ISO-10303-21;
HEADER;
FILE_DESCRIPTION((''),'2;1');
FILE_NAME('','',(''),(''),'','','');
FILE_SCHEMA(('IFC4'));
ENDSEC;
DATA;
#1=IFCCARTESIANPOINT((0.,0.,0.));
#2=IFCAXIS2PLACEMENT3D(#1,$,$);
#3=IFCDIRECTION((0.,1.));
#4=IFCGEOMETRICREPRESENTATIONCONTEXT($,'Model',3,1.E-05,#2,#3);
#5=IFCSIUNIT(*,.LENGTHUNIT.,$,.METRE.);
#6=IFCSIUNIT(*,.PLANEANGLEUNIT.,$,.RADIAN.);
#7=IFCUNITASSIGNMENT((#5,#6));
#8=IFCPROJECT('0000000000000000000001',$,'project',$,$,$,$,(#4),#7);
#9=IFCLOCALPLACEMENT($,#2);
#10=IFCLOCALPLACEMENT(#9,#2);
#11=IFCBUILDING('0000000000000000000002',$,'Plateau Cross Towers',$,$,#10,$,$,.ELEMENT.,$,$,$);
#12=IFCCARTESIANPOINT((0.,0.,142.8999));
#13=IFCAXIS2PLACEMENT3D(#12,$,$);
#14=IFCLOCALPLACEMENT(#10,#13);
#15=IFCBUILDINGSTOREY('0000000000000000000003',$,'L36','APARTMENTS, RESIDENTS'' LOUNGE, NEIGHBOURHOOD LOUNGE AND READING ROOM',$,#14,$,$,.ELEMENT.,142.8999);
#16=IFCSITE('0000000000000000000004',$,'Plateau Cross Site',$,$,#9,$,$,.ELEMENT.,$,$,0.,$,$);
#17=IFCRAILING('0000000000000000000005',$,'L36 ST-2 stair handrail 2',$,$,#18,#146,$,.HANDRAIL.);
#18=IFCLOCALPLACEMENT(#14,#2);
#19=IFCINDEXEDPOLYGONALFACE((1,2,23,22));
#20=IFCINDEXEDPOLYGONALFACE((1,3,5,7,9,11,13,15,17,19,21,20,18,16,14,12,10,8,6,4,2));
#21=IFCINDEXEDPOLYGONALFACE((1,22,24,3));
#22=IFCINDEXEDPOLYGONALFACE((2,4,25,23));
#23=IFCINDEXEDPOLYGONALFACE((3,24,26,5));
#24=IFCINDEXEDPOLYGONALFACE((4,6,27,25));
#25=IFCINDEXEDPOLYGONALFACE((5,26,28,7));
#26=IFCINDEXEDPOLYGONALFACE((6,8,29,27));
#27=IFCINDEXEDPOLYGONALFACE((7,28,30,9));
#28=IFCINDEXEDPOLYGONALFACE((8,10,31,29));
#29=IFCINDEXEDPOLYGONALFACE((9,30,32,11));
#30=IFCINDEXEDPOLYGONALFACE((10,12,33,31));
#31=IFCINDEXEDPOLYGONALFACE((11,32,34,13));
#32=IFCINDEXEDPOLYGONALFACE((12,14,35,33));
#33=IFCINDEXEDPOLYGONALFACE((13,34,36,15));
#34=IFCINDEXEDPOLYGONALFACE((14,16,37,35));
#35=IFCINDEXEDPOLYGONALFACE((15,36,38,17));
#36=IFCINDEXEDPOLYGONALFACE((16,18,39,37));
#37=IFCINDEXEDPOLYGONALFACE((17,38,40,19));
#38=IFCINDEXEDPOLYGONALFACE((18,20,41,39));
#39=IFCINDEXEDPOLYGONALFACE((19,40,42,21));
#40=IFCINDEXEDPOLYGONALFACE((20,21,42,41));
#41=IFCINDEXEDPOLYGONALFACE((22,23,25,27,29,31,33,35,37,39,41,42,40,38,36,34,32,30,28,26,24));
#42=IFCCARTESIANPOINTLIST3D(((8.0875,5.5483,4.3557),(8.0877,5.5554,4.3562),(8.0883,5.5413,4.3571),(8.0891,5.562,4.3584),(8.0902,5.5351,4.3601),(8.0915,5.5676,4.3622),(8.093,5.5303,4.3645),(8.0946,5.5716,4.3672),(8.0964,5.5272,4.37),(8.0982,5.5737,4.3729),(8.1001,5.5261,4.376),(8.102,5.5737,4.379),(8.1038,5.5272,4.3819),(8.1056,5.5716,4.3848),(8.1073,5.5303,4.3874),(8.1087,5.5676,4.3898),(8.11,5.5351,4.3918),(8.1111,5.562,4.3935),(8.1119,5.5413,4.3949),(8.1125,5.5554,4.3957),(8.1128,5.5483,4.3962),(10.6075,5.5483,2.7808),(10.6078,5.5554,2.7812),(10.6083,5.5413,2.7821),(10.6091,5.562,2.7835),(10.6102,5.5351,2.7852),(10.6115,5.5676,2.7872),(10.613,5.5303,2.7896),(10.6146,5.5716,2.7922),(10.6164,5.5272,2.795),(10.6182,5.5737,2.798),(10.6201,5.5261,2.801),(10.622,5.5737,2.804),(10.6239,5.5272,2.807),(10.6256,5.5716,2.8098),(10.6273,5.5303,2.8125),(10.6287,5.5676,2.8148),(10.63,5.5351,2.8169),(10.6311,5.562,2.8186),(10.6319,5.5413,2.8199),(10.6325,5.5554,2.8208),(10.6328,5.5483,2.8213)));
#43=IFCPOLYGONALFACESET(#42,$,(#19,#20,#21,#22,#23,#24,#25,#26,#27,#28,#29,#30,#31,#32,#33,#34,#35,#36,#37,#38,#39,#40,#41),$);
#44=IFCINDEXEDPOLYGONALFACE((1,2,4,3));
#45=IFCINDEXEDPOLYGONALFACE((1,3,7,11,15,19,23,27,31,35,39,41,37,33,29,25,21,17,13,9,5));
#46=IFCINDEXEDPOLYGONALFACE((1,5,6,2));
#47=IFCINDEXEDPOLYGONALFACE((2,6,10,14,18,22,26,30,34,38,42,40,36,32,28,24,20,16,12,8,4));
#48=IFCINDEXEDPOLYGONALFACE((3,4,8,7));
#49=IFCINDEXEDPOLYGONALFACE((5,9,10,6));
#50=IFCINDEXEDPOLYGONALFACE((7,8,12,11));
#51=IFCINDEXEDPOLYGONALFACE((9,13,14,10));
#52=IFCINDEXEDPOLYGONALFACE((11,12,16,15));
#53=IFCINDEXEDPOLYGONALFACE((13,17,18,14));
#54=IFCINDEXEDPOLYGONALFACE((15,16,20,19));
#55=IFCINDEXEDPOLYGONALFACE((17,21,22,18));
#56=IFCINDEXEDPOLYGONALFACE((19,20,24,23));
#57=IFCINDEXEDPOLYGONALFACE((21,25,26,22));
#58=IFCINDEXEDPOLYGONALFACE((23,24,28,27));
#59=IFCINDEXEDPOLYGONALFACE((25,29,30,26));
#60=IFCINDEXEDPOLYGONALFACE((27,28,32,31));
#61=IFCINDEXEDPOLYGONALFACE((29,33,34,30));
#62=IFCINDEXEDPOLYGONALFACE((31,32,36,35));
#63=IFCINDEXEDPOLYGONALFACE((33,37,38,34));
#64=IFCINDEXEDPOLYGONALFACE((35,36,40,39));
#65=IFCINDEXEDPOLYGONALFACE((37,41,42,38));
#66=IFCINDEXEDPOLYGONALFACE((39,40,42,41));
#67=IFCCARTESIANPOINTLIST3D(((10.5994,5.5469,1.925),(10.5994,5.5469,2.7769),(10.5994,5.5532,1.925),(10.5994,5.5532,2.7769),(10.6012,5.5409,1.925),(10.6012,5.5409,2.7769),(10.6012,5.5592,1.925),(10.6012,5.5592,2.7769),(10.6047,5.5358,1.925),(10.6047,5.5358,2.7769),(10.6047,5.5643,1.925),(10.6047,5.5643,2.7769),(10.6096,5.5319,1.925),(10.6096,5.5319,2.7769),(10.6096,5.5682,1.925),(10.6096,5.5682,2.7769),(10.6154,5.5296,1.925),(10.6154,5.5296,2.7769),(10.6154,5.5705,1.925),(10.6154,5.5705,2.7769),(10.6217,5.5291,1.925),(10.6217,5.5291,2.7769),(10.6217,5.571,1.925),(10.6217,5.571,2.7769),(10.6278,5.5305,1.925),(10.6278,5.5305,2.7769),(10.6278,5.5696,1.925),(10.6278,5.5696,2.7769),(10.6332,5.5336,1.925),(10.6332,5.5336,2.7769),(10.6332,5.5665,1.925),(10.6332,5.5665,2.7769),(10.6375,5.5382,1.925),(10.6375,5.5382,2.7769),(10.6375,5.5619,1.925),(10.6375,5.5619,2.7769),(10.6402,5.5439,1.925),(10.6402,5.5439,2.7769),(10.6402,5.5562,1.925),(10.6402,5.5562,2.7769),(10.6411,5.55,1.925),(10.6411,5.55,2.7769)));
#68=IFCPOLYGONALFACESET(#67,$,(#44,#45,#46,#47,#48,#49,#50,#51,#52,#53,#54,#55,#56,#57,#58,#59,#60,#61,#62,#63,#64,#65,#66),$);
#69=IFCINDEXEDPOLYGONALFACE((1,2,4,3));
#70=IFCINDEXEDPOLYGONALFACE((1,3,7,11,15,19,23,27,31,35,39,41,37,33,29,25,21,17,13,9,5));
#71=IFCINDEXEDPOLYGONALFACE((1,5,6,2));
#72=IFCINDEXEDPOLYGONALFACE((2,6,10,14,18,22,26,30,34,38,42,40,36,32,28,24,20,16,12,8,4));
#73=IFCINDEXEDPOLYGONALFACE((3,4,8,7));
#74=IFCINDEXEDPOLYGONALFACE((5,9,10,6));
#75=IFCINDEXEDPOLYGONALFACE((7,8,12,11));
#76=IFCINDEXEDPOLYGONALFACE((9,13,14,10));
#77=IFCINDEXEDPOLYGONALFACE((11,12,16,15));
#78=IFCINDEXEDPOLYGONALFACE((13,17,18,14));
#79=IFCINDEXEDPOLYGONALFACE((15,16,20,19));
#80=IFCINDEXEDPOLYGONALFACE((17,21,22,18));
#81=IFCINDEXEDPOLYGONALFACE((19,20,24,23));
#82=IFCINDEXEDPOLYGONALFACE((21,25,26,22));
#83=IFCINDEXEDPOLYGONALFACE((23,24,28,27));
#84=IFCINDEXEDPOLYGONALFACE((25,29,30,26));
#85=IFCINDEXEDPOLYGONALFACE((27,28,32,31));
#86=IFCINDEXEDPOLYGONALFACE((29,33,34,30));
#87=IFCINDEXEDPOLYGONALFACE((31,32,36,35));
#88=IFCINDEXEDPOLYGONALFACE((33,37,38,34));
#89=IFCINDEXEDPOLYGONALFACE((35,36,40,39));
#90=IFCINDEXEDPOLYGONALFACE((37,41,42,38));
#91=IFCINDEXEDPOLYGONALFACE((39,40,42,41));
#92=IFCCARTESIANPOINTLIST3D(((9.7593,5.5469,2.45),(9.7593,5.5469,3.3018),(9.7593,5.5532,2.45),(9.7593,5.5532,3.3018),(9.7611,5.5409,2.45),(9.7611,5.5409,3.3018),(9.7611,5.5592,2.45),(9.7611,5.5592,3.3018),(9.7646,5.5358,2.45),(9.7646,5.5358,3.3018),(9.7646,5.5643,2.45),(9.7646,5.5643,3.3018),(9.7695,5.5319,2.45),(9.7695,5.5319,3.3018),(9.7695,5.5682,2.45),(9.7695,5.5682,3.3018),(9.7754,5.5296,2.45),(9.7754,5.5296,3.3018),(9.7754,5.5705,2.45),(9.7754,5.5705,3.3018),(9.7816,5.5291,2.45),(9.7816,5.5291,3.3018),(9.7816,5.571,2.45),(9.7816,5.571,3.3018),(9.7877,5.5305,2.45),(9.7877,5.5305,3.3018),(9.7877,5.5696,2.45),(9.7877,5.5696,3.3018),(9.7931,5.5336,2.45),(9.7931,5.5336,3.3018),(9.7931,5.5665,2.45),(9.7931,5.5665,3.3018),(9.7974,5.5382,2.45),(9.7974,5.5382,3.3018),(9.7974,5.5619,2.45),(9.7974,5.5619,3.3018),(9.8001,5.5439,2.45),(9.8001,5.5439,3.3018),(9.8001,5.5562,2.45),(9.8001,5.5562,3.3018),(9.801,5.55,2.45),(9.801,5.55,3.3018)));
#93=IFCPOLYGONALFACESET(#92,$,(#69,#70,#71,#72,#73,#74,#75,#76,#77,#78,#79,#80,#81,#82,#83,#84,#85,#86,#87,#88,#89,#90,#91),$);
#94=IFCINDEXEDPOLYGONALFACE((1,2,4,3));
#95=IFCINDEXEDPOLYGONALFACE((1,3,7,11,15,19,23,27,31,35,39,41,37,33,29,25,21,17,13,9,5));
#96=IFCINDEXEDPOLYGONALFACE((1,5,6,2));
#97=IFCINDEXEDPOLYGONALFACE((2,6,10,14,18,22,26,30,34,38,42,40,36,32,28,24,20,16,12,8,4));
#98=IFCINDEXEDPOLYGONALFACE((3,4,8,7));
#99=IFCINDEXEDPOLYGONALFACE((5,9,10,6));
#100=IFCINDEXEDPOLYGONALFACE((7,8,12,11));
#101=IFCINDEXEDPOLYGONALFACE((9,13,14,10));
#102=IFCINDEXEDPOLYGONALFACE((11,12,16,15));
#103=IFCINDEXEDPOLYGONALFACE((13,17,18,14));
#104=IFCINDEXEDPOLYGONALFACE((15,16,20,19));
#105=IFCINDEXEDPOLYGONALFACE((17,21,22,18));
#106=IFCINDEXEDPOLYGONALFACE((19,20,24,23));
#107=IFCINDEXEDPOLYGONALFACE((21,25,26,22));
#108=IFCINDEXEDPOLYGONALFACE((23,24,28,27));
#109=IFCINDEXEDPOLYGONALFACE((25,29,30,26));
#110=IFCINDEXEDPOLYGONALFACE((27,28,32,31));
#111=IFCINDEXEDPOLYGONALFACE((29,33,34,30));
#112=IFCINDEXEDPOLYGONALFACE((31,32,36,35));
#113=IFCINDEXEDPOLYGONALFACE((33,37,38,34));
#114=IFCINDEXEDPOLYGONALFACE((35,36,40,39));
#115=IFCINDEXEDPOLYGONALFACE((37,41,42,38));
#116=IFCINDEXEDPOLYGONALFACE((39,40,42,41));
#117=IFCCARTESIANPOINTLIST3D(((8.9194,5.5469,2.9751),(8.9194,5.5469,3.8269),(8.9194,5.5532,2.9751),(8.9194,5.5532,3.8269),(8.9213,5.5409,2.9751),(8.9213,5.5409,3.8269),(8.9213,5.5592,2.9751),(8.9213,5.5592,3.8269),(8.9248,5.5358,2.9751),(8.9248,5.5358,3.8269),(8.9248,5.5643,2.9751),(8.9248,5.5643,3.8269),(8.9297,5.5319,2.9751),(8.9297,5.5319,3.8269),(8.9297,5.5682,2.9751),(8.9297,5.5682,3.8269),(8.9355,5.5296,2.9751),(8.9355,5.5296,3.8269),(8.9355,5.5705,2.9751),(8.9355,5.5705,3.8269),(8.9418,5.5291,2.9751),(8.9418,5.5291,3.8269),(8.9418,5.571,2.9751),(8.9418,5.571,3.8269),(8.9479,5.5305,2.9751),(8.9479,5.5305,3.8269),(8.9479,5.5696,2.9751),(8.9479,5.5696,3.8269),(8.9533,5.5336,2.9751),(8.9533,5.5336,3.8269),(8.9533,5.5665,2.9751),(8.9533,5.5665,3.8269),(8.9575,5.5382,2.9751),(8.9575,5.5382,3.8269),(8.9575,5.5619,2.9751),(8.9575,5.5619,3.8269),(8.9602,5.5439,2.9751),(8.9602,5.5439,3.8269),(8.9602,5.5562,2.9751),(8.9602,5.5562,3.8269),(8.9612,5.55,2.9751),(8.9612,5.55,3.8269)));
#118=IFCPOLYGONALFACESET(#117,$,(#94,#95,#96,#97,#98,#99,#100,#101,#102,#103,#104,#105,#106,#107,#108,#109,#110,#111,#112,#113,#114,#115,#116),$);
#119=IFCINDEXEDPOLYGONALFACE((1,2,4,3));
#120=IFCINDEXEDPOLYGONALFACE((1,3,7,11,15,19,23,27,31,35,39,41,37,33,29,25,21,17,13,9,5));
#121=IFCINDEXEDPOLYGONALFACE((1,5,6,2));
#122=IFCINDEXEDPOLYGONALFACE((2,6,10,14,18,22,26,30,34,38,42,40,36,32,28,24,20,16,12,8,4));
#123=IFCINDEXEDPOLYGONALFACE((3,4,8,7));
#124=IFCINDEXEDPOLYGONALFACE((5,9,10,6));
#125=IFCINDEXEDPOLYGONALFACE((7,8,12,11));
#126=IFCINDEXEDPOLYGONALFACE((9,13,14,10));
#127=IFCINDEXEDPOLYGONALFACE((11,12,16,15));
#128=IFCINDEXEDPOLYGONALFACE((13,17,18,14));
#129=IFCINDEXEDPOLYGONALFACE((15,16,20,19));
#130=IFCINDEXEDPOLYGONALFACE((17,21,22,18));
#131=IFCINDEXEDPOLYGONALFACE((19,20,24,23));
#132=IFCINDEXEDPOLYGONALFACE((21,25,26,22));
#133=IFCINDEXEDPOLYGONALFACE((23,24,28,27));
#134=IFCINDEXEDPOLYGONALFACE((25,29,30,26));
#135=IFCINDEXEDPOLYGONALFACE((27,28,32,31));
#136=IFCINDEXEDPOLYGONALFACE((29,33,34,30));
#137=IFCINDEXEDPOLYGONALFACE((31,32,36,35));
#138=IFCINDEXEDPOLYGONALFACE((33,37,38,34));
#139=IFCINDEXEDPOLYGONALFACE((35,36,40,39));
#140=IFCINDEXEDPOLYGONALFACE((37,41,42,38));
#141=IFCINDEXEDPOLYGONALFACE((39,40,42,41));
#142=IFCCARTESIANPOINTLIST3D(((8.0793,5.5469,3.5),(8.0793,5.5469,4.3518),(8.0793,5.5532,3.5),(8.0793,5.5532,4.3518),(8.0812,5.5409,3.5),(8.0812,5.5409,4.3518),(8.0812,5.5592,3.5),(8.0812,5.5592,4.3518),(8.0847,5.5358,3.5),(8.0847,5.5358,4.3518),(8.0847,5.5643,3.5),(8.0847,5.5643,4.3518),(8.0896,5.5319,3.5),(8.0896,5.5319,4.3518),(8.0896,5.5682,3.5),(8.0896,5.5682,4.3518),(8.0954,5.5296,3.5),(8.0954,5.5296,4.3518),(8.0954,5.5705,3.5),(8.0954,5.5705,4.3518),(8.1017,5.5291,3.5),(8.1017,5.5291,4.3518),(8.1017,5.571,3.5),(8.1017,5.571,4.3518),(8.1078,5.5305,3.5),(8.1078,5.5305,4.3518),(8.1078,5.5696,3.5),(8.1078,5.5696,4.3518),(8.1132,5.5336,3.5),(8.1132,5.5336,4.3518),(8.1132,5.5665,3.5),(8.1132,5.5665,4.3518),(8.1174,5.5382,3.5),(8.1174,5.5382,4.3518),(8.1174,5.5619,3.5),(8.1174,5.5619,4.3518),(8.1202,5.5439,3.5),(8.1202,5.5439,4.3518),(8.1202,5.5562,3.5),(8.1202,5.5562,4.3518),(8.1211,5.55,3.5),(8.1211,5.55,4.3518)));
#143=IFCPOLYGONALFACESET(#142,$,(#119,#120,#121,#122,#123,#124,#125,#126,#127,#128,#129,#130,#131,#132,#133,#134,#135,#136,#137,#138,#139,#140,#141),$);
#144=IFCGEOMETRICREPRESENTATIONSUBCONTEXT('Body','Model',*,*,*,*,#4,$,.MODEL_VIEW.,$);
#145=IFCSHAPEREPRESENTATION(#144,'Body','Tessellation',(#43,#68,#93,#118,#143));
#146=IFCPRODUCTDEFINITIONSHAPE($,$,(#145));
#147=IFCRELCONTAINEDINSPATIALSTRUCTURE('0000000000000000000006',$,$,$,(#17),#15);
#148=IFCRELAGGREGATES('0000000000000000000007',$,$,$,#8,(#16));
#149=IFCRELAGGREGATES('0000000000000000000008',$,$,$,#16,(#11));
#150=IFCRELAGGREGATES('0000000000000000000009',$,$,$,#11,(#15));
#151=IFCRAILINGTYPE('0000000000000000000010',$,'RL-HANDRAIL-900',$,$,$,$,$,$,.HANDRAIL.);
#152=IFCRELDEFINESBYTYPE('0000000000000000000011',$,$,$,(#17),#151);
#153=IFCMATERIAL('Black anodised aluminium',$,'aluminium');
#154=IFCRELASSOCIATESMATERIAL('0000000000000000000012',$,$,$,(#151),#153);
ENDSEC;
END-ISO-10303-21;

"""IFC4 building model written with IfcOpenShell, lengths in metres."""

from ifc_helpers import new_model, si_unit, direction, frame, origin, origin_2d, place, context, subcontext, project, spatial, circle, extrude, material, type_object, element, save


model = new_model("IFC4")

# Units and contexts
model_context = context("Model", 3, precision=1e-05, world=origin(), true_north=direction((0.0, 1.0)))
body_context = subcontext(model_context, "Body", "Model", "MODEL_VIEW")
ifc_project = project(units=[si_unit("LENGTHUNIT", "METRE"), si_unit("PLANEANGLEUNIT", "RADIAN")], contexts=[model_context])

# Site, building, storey
site_placement = place(None, origin())
site = spatial("IfcSite", under=ifc_project, at=site_placement, Name="Plateau Cross Site", CompositionType="ELEMENT", RefElevation=0.0)
building_placement = place(site_placement, origin())
building = spatial("IfcBuilding", under=site, at=building_placement, Name="Plateau Cross Towers", CompositionType="ELEMENT")
storey_placement = place(building_placement, frame((0.0, 0.0, 142.8999)))
storey = spatial("IfcBuildingStorey", under=building, at=storey_placement, Name="L36", Description="APARTMENTS, RESIDENTS' LOUNGE, NEIGHBOURHOOD LOUNGE AND READING ROOM", CompositionType="ELEMENT", Elevation=142.8999)

# Railing
ifc_material_1 = material(Name="Black anodised aluminium", Category="aluminium")
railing_type_1 = type_object("IfcRailingType", Name="RL-HANDRAIL-900", PredefinedType="HANDRAIL", material=ifc_material_1)
railing_1_placement = place(storey_placement, frame((10.6201, 5.55, 1.925)))
element("IfcRailing", 1, at=railing_1_placement, inside=storey, type_object=railing_type_1, Name="L36 ST-2 stair handrail 2", PredefinedType="HANDRAIL", context=body_context, shape_type="SweptSolid", body=[
    extrude(circle(Radius=0.0239, at=origin_2d()), frame((0.0, 0.0, 0.876), z_axis=(-0.848008, 0.0, 0.529984), x_axis=(0.0, -1.0, 0.0)), (0.0, 0.0, 1.0), 2.9717),
    extrude(circle(Radius=0.021, at=origin_2d()), origin(), (0.0, 0.0, 1.0), 0.8518),
    extrude(circle(Radius=0.021, at=origin_2d()), frame((-0.8401, 0.0, 0.5249)), (0.0, 0.0, 1.0), 0.8518),
    extrude(circle(Radius=0.021, at=origin_2d()), frame((-1.6799, 0.0, 1.05)), (0.0, 0.0, 1.0), 0.8518),
    extrude(circle(Radius=0.021, at=origin_2d()), frame((-2.52, 0.0, 1.575)), (0.0, 0.0, 1.0), 0.8518),
])

save(model, "model.ifc")
